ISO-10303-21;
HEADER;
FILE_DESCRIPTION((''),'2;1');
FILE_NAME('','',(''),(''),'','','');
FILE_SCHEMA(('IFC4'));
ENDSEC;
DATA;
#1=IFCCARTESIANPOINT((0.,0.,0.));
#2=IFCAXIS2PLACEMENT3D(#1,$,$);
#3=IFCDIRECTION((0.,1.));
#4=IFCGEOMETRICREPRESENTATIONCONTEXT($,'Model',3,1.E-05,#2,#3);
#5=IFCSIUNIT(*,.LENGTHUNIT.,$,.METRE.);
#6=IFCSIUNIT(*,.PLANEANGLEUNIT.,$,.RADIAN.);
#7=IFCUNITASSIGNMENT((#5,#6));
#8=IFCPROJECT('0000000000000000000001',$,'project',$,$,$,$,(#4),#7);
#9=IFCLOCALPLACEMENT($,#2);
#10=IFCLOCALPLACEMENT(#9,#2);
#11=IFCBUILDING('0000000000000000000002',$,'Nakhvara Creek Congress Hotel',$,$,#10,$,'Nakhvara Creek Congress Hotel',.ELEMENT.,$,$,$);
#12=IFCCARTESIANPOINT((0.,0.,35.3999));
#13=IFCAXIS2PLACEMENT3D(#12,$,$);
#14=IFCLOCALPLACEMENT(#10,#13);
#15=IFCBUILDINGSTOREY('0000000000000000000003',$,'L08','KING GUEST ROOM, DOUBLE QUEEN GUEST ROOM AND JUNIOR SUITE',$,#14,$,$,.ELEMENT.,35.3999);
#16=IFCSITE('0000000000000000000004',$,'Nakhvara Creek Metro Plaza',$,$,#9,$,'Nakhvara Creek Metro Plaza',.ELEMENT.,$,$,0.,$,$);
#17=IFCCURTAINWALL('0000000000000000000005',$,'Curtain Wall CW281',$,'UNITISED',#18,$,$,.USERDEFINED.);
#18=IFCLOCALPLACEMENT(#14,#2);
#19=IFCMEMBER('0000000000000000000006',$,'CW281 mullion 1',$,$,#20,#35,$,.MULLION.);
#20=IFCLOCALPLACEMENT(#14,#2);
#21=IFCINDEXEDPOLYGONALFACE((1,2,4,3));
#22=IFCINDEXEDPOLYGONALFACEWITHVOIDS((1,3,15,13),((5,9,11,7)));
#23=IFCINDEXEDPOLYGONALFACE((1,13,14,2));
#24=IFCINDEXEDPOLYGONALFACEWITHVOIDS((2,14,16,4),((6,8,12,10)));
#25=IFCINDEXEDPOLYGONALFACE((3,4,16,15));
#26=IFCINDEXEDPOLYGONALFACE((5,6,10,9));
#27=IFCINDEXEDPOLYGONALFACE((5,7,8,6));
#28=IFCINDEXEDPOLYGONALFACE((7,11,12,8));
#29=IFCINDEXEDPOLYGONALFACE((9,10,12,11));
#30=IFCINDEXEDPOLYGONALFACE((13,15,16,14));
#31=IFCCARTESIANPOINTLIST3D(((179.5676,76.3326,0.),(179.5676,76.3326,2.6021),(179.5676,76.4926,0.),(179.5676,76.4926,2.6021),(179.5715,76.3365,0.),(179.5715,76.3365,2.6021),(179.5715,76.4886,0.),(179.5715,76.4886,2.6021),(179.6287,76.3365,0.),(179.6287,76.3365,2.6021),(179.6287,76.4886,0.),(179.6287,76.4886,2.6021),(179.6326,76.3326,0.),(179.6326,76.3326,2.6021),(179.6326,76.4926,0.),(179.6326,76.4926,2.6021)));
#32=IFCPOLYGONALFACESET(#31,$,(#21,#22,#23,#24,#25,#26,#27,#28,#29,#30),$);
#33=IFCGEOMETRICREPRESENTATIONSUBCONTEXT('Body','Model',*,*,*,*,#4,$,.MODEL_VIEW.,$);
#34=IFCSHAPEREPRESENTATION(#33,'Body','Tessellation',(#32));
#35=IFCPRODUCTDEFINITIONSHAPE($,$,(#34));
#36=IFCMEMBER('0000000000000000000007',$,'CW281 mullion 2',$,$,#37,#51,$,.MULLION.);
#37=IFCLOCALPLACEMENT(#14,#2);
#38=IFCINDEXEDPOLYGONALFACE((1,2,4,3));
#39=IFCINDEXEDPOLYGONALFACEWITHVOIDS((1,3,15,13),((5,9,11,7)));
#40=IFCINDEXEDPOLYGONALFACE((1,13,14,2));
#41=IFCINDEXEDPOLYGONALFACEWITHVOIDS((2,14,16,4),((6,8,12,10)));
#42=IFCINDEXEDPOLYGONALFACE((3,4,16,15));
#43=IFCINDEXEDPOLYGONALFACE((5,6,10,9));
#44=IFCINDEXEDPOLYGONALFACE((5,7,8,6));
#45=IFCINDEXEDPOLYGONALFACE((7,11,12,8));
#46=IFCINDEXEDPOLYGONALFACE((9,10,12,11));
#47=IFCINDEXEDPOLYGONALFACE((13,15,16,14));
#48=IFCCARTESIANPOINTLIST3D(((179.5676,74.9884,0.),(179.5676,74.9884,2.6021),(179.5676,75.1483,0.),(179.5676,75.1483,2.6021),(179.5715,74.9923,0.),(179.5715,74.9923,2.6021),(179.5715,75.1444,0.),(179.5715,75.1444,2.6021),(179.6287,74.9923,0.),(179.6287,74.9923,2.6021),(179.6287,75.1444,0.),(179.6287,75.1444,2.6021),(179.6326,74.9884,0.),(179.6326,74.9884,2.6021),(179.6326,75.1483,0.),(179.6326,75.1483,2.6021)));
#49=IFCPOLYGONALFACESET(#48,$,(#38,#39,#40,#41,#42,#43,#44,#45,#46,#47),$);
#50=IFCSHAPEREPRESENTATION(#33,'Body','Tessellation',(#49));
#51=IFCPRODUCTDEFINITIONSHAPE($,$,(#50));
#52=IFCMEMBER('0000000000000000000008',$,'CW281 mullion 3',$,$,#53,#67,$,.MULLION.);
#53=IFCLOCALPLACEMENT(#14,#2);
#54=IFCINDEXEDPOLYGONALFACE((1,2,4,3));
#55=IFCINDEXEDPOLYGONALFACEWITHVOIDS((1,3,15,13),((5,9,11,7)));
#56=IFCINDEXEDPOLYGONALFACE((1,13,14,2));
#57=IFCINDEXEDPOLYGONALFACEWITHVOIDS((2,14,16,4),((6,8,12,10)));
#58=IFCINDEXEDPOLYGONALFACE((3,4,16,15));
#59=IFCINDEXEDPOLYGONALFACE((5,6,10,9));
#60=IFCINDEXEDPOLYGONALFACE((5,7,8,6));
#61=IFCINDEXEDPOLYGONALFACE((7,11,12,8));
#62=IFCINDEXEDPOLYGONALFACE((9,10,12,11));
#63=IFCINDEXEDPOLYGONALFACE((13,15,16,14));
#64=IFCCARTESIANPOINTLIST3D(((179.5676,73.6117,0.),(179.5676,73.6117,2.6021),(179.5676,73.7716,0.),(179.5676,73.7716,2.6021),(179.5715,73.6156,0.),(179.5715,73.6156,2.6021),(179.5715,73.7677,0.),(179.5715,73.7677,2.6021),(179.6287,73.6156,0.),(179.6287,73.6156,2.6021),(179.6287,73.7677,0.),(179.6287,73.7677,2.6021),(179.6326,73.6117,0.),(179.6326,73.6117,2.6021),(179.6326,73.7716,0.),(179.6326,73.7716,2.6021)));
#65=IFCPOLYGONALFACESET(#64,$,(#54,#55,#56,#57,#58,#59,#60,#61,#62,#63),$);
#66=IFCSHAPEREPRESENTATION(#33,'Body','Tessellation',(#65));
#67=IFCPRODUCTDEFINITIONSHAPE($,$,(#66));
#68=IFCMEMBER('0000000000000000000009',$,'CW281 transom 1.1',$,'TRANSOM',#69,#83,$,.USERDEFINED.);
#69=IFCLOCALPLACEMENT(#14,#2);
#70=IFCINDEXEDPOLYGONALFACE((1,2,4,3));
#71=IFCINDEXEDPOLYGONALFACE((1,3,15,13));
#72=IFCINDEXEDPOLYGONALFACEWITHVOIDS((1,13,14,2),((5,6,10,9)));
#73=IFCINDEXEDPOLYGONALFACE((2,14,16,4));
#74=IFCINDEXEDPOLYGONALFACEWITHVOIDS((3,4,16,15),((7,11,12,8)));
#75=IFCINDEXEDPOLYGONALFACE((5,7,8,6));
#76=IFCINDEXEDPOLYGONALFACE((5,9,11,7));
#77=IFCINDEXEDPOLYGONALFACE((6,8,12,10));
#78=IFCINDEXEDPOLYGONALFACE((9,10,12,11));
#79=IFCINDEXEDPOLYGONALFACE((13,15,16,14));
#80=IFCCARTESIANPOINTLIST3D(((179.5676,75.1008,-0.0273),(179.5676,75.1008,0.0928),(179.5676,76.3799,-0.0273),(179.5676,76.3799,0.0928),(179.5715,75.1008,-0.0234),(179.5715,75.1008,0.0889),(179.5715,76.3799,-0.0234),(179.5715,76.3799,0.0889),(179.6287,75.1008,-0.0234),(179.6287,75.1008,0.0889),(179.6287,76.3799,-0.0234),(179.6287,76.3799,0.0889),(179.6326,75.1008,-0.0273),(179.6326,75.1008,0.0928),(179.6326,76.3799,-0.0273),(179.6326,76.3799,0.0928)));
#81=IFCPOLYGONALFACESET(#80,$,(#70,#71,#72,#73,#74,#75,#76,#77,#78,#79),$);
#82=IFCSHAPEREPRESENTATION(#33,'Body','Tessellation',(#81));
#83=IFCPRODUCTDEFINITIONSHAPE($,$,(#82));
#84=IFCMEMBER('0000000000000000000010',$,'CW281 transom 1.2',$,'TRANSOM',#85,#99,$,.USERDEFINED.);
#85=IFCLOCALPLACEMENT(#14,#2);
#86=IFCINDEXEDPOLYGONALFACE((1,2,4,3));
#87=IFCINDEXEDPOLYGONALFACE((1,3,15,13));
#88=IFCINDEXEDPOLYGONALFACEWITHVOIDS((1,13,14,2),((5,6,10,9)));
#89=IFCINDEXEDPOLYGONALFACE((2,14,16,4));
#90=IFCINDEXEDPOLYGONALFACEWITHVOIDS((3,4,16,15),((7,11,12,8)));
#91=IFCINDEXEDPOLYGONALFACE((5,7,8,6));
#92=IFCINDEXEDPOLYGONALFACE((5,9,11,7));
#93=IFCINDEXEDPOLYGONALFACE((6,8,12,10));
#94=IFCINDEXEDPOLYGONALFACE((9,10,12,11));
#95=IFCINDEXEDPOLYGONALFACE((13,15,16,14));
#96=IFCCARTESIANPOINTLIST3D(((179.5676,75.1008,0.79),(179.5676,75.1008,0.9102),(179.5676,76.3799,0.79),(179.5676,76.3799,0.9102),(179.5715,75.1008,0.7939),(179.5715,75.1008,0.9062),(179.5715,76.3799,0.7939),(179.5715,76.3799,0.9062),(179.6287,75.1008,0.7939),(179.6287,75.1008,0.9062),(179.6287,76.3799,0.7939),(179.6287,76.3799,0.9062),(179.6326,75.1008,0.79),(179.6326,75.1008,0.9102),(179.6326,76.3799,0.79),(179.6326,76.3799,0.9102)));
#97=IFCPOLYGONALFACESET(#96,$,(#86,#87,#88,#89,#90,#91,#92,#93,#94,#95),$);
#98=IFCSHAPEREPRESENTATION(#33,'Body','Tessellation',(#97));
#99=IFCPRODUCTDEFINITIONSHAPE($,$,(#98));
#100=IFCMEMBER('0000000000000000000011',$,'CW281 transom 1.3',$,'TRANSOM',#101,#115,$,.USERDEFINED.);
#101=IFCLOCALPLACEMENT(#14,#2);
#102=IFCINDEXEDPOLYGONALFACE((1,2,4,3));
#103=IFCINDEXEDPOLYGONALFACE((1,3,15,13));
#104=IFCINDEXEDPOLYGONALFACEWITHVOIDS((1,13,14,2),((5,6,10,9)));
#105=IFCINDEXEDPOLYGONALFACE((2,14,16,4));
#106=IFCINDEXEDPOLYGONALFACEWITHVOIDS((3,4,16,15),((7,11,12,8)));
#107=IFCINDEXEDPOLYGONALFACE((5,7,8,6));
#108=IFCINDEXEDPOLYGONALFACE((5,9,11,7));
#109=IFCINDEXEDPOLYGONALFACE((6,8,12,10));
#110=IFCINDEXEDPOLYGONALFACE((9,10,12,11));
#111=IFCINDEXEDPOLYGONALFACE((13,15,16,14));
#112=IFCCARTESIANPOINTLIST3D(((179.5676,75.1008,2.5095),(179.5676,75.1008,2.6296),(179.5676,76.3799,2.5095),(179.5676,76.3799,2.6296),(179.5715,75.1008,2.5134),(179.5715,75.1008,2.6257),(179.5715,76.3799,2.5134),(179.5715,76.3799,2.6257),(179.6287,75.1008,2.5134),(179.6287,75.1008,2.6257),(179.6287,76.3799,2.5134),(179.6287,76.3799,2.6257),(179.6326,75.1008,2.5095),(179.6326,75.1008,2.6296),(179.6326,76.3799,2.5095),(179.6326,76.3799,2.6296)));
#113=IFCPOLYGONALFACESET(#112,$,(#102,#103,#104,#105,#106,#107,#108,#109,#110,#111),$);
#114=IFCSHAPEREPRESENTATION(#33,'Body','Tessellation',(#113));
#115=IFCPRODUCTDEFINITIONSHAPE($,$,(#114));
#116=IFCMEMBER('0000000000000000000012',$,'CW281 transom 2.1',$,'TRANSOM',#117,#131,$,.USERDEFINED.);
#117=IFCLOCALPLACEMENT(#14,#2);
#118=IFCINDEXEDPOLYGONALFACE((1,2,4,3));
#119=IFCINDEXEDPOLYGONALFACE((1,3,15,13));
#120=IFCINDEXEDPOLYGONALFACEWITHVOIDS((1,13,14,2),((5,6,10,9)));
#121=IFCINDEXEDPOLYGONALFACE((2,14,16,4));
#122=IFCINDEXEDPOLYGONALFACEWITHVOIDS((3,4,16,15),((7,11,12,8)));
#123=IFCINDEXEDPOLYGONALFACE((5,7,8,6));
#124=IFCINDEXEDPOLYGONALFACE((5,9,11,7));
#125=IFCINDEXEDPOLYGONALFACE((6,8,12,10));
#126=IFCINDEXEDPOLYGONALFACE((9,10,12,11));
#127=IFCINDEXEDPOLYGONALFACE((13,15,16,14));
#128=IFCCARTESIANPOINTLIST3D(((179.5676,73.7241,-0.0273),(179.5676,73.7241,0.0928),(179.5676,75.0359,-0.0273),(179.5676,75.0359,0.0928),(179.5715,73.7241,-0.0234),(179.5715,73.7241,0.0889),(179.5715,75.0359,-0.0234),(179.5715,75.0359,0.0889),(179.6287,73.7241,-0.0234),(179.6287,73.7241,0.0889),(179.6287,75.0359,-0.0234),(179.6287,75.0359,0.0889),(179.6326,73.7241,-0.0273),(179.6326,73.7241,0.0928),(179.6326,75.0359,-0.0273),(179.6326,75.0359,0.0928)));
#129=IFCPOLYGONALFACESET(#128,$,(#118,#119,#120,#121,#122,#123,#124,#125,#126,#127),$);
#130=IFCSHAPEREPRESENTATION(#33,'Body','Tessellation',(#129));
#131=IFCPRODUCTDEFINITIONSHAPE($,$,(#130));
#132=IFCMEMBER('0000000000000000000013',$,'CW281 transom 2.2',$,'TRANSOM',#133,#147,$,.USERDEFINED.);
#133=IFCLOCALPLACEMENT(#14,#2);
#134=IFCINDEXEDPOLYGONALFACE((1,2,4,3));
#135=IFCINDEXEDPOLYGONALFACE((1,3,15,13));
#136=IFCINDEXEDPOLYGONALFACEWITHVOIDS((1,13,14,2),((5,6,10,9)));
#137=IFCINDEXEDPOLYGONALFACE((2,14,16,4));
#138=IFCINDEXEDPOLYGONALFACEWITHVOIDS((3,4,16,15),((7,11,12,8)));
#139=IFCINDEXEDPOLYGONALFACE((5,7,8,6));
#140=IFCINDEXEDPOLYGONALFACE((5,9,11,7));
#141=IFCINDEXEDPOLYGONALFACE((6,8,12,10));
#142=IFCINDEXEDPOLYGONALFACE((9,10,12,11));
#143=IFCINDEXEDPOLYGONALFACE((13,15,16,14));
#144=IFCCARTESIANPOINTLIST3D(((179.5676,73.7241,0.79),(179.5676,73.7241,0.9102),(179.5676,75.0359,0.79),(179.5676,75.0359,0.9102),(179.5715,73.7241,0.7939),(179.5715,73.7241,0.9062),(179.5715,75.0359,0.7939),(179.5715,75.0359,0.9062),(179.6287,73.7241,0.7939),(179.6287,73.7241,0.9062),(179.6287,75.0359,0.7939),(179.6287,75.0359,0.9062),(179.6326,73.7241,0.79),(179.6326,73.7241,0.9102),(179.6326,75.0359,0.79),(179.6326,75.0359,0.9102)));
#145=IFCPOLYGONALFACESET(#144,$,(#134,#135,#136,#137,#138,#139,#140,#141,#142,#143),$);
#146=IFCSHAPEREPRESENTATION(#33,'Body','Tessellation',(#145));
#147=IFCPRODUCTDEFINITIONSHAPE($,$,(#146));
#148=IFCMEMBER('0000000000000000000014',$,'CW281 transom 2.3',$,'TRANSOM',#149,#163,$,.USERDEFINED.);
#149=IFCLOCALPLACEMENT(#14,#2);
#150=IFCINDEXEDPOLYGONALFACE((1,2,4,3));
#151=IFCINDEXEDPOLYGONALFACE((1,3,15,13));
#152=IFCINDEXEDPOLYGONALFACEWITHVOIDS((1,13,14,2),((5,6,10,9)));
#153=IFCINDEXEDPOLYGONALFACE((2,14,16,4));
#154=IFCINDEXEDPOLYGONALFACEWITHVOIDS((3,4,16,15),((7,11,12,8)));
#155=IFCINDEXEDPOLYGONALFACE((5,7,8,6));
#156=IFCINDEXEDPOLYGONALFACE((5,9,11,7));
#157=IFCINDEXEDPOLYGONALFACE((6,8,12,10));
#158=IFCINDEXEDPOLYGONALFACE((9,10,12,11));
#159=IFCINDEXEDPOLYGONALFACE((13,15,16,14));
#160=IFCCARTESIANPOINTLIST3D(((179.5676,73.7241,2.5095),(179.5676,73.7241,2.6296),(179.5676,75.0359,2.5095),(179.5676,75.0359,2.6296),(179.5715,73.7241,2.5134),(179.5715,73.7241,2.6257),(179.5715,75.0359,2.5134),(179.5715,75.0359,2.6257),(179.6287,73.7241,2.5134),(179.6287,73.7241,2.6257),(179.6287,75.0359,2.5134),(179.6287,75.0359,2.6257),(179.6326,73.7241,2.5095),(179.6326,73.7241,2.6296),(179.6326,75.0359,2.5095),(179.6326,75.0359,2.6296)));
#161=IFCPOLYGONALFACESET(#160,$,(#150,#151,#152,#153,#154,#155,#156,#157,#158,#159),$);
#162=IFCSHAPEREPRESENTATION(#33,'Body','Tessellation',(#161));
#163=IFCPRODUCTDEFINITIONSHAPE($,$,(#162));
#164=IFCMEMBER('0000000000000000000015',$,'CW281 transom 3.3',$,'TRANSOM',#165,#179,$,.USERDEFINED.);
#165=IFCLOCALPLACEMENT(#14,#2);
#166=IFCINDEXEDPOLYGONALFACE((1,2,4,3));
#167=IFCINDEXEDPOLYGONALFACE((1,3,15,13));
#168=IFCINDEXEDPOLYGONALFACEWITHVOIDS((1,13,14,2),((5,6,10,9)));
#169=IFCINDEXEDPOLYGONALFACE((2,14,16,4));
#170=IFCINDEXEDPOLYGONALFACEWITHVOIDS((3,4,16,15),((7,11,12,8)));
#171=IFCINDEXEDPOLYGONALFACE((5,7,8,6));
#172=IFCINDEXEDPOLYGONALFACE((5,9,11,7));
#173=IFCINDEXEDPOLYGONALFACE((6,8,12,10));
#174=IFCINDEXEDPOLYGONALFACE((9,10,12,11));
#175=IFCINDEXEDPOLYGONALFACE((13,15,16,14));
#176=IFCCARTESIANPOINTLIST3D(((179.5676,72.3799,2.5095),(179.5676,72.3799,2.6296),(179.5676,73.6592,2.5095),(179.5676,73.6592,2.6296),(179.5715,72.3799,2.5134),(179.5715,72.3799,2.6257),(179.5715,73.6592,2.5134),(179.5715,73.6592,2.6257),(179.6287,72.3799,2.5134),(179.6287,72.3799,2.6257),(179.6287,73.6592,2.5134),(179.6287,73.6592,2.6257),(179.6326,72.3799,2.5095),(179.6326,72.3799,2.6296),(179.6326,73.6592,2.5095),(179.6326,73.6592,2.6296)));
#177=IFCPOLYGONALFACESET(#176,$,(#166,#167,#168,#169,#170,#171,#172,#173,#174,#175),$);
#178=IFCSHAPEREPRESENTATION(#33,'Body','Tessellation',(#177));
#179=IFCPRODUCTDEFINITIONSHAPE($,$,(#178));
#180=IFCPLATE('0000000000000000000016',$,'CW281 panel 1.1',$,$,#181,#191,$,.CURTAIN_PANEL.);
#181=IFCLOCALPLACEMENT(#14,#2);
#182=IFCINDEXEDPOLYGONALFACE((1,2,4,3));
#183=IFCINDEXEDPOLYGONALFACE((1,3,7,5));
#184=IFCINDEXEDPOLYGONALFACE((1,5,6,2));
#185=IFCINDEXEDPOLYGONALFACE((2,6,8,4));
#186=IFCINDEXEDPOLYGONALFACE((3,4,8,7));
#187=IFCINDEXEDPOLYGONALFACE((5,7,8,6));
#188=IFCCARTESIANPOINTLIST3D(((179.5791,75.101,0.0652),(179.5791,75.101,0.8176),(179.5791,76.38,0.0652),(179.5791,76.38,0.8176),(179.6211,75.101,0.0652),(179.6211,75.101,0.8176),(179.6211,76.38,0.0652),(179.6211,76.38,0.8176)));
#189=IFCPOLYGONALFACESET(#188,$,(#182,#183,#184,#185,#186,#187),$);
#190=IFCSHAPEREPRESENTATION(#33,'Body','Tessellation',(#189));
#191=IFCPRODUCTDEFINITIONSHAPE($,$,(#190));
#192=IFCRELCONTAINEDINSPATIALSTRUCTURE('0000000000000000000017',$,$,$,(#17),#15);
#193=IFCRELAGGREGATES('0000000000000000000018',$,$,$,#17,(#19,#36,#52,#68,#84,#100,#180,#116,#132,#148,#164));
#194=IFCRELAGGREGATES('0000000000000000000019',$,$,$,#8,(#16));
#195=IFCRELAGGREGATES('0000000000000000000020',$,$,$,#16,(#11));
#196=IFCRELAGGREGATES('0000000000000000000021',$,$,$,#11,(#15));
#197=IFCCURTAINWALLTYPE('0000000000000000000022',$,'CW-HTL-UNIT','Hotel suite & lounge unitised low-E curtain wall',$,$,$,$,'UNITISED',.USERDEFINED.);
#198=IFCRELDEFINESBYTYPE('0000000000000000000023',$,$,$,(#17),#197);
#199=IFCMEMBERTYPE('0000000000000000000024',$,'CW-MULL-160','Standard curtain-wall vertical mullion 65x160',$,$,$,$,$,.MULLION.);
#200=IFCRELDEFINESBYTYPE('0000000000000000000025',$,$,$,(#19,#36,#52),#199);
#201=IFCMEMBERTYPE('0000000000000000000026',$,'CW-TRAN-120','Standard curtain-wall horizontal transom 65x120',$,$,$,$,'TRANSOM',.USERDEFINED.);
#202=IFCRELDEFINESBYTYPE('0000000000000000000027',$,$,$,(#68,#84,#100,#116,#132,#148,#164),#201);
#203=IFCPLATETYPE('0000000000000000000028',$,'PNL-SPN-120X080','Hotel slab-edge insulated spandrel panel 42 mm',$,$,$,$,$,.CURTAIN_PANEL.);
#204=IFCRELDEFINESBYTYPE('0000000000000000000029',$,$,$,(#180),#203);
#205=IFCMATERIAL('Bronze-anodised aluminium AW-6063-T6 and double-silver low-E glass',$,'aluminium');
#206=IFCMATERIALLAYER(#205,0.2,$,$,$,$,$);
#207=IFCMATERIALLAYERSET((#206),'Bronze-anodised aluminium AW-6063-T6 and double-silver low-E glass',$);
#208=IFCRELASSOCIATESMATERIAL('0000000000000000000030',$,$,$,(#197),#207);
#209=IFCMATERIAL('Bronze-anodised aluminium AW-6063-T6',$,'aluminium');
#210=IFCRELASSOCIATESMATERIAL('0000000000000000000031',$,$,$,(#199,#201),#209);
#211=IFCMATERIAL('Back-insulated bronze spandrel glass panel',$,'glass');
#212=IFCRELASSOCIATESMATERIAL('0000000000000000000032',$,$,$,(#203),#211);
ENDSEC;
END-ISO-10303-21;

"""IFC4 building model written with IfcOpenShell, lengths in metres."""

from ifc_helpers import new_model, si_unit, direction, frame, origin, origin_2d, place, context, subcontext, project, spatial, rectangle, hollow_rectangle, extrude, material, layer, layer_set, material_profile, profile_set, type_object, element, aggregate, save


model = new_model("IFC4")

# Units and contexts
model_context = context("Model", 3, precision=1e-05, world=origin(), true_north=direction((0.0, 1.0)))
body_context = subcontext(model_context, "Body", "Model", "MODEL_VIEW")
ifc_project = project(units=[si_unit("LENGTHUNIT", "METRE"), si_unit("PLANEANGLEUNIT", "RADIAN")], contexts=[model_context])

# Site, building, storey
site_placement = place(None, origin())
site = spatial("IfcSite", under=ifc_project, at=site_placement, Name="Nakhvara Creek Metro Plaza", LongName="Nakhvara Creek Metro Plaza", CompositionType="ELEMENT", RefElevation=0.0)
building_placement = place(site_placement, origin())
building = spatial("IfcBuilding", under=site, at=building_placement, Name="Nakhvara Creek Congress Hotel", LongName="Nakhvara Creek Congress Hotel", CompositionType="ELEMENT")
storey_placement = place(building_placement, frame((0.0, 0.0, 35.3999)))
storey = spatial("IfcBuildingStorey", under=building, at=storey_placement, Name="L08", Description="KING GUEST ROOM, DOUBLE QUEEN GUEST ROOM AND JUNIOR SUITE", CompositionType="ELEMENT", Elevation=35.3999)

# Curtain wall, members, plate
ifc_material_1 = material(Name="Bronze-anodised aluminium AW-6063-T6 and double-silver low-E glass", Category="aluminium")
ifc_layer_1 = layer(ifc_material_1, 0.2)
ifc_layer_set_1 = layer_set([ifc_layer_1], Name="Bronze-anodised aluminium AW-6063-T6 and double-silver low-E glass")
curtain_wall_type = type_object("IfcCurtainWallType", Name="CW-HTL-UNIT", Description="Hotel suite & lounge unitised low-E curtain wall", ElementType="UNITISED", PredefinedType="USERDEFINED", material=ifc_layer_set_1)
curtain_wall_placement = place(storey_placement, origin())
curtain_wall = element("IfcCurtainWall", 1, at=curtain_wall_placement, inside=storey, type_object=curtain_wall_type, Name="Curtain Wall CW281", ObjectType="UNITISED", PredefinedType="USERDEFINED")
ifc_material_2 = material(Name="Bronze-anodised aluminium AW-6063-T6", Category="aluminium")
ifc_material_profile_1 = material_profile(ifc_material_2, hollow_rectangle(XDim=0.0649, YDim=0.1599, WallThickness=0.0039, at=origin_2d()), Name="ALU-MULL 65x160x4", Category="LoadBearing")
ifc_profile_set_1 = profile_set([ifc_material_profile_1], Name="Bronze-anodised aluminium AW-6063-T6")
member_type_1 = type_object("IfcMemberType", Name="CW-MULL-160", Description="Standard curtain-wall vertical mullion 65x160", PredefinedType="MULLION", material=ifc_profile_set_1)
member_1_placement = place(storey_placement, frame((179.6001, 76.4126, 0.0), z_axis=(0.0, 0.0, 1.0), x_axis=(1.0, 0.0, 0.0)))
member_1 = element("IfcMember", 2, at=member_1_placement, type_object=member_type_1, Name="CW281 mullion 1", PredefinedType="MULLION", context=body_context, shape_type="SweptSolid", body=[
    extrude(hollow_rectangle(XDim=0.0649, YDim=0.1599, WallThickness=0.0039, at=origin_2d()), origin(), (0.0, 0.0, 1.0), 2.6021),
])
member_2_placement = place(storey_placement, frame((179.6001, 75.0684, 0.0), z_axis=(0.0, 0.0, 1.0), x_axis=(1.0, 0.0, 0.0)))
member_2 = element("IfcMember", 3, at=member_2_placement, type_object=member_type_1, Name="CW281 mullion 2", PredefinedType="MULLION", context=body_context, shape_type="SweptSolid", body=[
    extrude(hollow_rectangle(XDim=0.0649, YDim=0.1599, WallThickness=0.0039, at=origin_2d()), origin(), (0.0, 0.0, 1.0), 2.6021),
])
member_3_placement = place(storey_placement, frame((179.6001, 73.6917, 0.0), z_axis=(0.0, 0.0, 1.0), x_axis=(1.0, 0.0, 0.0)))
member_3 = element("IfcMember", 4, at=member_3_placement, type_object=member_type_1, Name="CW281 mullion 3", PredefinedType="MULLION", context=body_context, shape_type="SweptSolid", body=[
    extrude(hollow_rectangle(XDim=0.0649, YDim=0.1599, WallThickness=0.0039, at=origin_2d()), origin(), (0.0, 0.0, 1.0), 2.6021),
])
ifc_material_profile_2 = material_profile(ifc_material_2, hollow_rectangle(XDim=0.0649, YDim=0.1201, WallThickness=0.0039, at=origin_2d()), Name="ALU-TRAN 65x120x4", Category="LoadBearing")
ifc_profile_set_2 = profile_set([ifc_material_profile_2], Name="Bronze-anodised aluminium AW-6063-T6")
member_type_2 = type_object("IfcMemberType", Name="CW-TRAN-120", Description="Standard curtain-wall horizontal transom 65x120", ElementType="TRANSOM", PredefinedType="USERDEFINED", material=ifc_profile_set_2)
member_4_placement = place(storey_placement, frame((179.6001, 76.3799, 0.0327), z_axis=(0.0, -1.0, 0.0), x_axis=(1.0, 0.0, 0.0)))
member_4 = element("IfcMember", 5, at=member_4_placement, type_object=member_type_2, Name="CW281 transom 1.1", ObjectType="TRANSOM", PredefinedType="USERDEFINED", context=body_context, shape_type="SweptSolid", body=[
    extrude(hollow_rectangle(XDim=0.0649, YDim=0.1201, WallThickness=0.0039, at=origin_2d()), origin(), (0.0, 0.0, 1.0), 1.2791),
])
member_5_placement = place(storey_placement, frame((179.6001, 76.3799, 0.8501), z_axis=(0.0, -1.0, 0.0), x_axis=(1.0, 0.0, 0.0)))
member_5 = element("IfcMember", 6, at=member_5_placement, type_object=member_type_2, Name="CW281 transom 1.2", ObjectType="TRANSOM", PredefinedType="USERDEFINED", context=body_context, shape_type="SweptSolid", body=[
    extrude(hollow_rectangle(XDim=0.0649, YDim=0.1201, WallThickness=0.0039, at=origin_2d()), origin(), (0.0, 0.0, 1.0), 1.2791),
])
member_6_placement = place(storey_placement, frame((179.6001, 76.3799, 2.5696), z_axis=(0.0, -1.0, 0.0), x_axis=(1.0, 0.0, 0.0)))
member_6 = element("IfcMember", 7, at=member_6_placement, type_object=member_type_2, Name="CW281 transom 1.3", ObjectType="TRANSOM", PredefinedType="USERDEFINED", context=body_context, shape_type="SweptSolid", body=[
    extrude(hollow_rectangle(XDim=0.0649, YDim=0.1201, WallThickness=0.0039, at=origin_2d()), origin(), (0.0, 0.0, 1.0), 1.2791),
])
member_7_placement = place(storey_placement, frame((179.6001, 75.0359, 0.0327), z_axis=(0.0, -1.0, 0.0), x_axis=(1.0, 0.0, 0.0)))
member_7 = element("IfcMember", 8, at=member_7_placement, type_object=member_type_2, Name="CW281 transom 2.1", ObjectType="TRANSOM", PredefinedType="USERDEFINED", context=body_context, shape_type="SweptSolid", body=[
    extrude(hollow_rectangle(XDim=0.0649, YDim=0.1201, WallThickness=0.0039, at=origin_2d()), origin(), (0.0, 0.0, 1.0), 1.3118),
])
member_8_placement = place(storey_placement, frame((179.6001, 75.0359, 0.8501), z_axis=(0.0, -1.0, 0.0), x_axis=(1.0, 0.0, 0.0)))
member_8 = element("IfcMember", 9, at=member_8_placement, type_object=member_type_2, Name="CW281 transom 2.2", ObjectType="TRANSOM", PredefinedType="USERDEFINED", context=body_context, shape_type="SweptSolid", body=[
    extrude(hollow_rectangle(XDim=0.0649, YDim=0.1201, WallThickness=0.0039, at=origin_2d()), origin(), (0.0, 0.0, 1.0), 1.3118),
])
member_9_placement = place(storey_placement, frame((179.6001, 75.0359, 2.5696), z_axis=(0.0, -1.0, 0.0), x_axis=(1.0, 0.0, 0.0)))
member_9 = element("IfcMember", 10, at=member_9_placement, type_object=member_type_2, Name="CW281 transom 2.3", ObjectType="TRANSOM", PredefinedType="USERDEFINED", context=body_context, shape_type="SweptSolid", body=[
    extrude(hollow_rectangle(XDim=0.0649, YDim=0.1201, WallThickness=0.0039, at=origin_2d()), origin(), (0.0, 0.0, 1.0), 1.3118),
])
member_10_placement = place(storey_placement, frame((179.6001, 73.6592, 2.5696), z_axis=(0.0, -1.0, 0.0), x_axis=(1.0, 0.0, 0.0)))
member_10 = element("IfcMember", 11, at=member_10_placement, type_object=member_type_2, Name="CW281 transom 3.3", ObjectType="TRANSOM", PredefinedType="USERDEFINED", context=body_context, shape_type="SweptSolid", body=[
    extrude(hollow_rectangle(XDim=0.0649, YDim=0.1201, WallThickness=0.0039, at=origin_2d()), origin(), (0.0, 0.0, 1.0), 1.2793),
])
ifc_material_3 = material(Name="Back-insulated bronze spandrel glass panel", Category="glass")
plate_type = type_object("IfcPlateType", Name="PNL-SPN-120X080", Description="Hotel slab-edge insulated spandrel panel 42 mm", PredefinedType="CURTAIN_PANEL", material=ifc_material_3)
plate_1_placement = place(storey_placement, frame((179.6001, 75.7405, 0.0652), z_axis=(0.0, 0.0, 1.0), x_axis=(0.0, -1.0, 0.0)))
plate_1 = element("IfcPlate", 12, at=plate_1_placement, type_object=plate_type, Name="CW281 panel 1.1", PredefinedType="CURTAIN_PANEL", context=body_context, shape_type="SweptSolid", body=[
    extrude(rectangle(XDim=1.2791, YDim=0.042, at=origin_2d()), origin(), (0.0, 0.0, 1.0), 0.7524),
])
aggregate(curtain_wall, [member_1, member_2, member_3, member_4, member_5, member_6, plate_1, member_7, member_8, member_9, member_10])

save(model, "model.ifc")
